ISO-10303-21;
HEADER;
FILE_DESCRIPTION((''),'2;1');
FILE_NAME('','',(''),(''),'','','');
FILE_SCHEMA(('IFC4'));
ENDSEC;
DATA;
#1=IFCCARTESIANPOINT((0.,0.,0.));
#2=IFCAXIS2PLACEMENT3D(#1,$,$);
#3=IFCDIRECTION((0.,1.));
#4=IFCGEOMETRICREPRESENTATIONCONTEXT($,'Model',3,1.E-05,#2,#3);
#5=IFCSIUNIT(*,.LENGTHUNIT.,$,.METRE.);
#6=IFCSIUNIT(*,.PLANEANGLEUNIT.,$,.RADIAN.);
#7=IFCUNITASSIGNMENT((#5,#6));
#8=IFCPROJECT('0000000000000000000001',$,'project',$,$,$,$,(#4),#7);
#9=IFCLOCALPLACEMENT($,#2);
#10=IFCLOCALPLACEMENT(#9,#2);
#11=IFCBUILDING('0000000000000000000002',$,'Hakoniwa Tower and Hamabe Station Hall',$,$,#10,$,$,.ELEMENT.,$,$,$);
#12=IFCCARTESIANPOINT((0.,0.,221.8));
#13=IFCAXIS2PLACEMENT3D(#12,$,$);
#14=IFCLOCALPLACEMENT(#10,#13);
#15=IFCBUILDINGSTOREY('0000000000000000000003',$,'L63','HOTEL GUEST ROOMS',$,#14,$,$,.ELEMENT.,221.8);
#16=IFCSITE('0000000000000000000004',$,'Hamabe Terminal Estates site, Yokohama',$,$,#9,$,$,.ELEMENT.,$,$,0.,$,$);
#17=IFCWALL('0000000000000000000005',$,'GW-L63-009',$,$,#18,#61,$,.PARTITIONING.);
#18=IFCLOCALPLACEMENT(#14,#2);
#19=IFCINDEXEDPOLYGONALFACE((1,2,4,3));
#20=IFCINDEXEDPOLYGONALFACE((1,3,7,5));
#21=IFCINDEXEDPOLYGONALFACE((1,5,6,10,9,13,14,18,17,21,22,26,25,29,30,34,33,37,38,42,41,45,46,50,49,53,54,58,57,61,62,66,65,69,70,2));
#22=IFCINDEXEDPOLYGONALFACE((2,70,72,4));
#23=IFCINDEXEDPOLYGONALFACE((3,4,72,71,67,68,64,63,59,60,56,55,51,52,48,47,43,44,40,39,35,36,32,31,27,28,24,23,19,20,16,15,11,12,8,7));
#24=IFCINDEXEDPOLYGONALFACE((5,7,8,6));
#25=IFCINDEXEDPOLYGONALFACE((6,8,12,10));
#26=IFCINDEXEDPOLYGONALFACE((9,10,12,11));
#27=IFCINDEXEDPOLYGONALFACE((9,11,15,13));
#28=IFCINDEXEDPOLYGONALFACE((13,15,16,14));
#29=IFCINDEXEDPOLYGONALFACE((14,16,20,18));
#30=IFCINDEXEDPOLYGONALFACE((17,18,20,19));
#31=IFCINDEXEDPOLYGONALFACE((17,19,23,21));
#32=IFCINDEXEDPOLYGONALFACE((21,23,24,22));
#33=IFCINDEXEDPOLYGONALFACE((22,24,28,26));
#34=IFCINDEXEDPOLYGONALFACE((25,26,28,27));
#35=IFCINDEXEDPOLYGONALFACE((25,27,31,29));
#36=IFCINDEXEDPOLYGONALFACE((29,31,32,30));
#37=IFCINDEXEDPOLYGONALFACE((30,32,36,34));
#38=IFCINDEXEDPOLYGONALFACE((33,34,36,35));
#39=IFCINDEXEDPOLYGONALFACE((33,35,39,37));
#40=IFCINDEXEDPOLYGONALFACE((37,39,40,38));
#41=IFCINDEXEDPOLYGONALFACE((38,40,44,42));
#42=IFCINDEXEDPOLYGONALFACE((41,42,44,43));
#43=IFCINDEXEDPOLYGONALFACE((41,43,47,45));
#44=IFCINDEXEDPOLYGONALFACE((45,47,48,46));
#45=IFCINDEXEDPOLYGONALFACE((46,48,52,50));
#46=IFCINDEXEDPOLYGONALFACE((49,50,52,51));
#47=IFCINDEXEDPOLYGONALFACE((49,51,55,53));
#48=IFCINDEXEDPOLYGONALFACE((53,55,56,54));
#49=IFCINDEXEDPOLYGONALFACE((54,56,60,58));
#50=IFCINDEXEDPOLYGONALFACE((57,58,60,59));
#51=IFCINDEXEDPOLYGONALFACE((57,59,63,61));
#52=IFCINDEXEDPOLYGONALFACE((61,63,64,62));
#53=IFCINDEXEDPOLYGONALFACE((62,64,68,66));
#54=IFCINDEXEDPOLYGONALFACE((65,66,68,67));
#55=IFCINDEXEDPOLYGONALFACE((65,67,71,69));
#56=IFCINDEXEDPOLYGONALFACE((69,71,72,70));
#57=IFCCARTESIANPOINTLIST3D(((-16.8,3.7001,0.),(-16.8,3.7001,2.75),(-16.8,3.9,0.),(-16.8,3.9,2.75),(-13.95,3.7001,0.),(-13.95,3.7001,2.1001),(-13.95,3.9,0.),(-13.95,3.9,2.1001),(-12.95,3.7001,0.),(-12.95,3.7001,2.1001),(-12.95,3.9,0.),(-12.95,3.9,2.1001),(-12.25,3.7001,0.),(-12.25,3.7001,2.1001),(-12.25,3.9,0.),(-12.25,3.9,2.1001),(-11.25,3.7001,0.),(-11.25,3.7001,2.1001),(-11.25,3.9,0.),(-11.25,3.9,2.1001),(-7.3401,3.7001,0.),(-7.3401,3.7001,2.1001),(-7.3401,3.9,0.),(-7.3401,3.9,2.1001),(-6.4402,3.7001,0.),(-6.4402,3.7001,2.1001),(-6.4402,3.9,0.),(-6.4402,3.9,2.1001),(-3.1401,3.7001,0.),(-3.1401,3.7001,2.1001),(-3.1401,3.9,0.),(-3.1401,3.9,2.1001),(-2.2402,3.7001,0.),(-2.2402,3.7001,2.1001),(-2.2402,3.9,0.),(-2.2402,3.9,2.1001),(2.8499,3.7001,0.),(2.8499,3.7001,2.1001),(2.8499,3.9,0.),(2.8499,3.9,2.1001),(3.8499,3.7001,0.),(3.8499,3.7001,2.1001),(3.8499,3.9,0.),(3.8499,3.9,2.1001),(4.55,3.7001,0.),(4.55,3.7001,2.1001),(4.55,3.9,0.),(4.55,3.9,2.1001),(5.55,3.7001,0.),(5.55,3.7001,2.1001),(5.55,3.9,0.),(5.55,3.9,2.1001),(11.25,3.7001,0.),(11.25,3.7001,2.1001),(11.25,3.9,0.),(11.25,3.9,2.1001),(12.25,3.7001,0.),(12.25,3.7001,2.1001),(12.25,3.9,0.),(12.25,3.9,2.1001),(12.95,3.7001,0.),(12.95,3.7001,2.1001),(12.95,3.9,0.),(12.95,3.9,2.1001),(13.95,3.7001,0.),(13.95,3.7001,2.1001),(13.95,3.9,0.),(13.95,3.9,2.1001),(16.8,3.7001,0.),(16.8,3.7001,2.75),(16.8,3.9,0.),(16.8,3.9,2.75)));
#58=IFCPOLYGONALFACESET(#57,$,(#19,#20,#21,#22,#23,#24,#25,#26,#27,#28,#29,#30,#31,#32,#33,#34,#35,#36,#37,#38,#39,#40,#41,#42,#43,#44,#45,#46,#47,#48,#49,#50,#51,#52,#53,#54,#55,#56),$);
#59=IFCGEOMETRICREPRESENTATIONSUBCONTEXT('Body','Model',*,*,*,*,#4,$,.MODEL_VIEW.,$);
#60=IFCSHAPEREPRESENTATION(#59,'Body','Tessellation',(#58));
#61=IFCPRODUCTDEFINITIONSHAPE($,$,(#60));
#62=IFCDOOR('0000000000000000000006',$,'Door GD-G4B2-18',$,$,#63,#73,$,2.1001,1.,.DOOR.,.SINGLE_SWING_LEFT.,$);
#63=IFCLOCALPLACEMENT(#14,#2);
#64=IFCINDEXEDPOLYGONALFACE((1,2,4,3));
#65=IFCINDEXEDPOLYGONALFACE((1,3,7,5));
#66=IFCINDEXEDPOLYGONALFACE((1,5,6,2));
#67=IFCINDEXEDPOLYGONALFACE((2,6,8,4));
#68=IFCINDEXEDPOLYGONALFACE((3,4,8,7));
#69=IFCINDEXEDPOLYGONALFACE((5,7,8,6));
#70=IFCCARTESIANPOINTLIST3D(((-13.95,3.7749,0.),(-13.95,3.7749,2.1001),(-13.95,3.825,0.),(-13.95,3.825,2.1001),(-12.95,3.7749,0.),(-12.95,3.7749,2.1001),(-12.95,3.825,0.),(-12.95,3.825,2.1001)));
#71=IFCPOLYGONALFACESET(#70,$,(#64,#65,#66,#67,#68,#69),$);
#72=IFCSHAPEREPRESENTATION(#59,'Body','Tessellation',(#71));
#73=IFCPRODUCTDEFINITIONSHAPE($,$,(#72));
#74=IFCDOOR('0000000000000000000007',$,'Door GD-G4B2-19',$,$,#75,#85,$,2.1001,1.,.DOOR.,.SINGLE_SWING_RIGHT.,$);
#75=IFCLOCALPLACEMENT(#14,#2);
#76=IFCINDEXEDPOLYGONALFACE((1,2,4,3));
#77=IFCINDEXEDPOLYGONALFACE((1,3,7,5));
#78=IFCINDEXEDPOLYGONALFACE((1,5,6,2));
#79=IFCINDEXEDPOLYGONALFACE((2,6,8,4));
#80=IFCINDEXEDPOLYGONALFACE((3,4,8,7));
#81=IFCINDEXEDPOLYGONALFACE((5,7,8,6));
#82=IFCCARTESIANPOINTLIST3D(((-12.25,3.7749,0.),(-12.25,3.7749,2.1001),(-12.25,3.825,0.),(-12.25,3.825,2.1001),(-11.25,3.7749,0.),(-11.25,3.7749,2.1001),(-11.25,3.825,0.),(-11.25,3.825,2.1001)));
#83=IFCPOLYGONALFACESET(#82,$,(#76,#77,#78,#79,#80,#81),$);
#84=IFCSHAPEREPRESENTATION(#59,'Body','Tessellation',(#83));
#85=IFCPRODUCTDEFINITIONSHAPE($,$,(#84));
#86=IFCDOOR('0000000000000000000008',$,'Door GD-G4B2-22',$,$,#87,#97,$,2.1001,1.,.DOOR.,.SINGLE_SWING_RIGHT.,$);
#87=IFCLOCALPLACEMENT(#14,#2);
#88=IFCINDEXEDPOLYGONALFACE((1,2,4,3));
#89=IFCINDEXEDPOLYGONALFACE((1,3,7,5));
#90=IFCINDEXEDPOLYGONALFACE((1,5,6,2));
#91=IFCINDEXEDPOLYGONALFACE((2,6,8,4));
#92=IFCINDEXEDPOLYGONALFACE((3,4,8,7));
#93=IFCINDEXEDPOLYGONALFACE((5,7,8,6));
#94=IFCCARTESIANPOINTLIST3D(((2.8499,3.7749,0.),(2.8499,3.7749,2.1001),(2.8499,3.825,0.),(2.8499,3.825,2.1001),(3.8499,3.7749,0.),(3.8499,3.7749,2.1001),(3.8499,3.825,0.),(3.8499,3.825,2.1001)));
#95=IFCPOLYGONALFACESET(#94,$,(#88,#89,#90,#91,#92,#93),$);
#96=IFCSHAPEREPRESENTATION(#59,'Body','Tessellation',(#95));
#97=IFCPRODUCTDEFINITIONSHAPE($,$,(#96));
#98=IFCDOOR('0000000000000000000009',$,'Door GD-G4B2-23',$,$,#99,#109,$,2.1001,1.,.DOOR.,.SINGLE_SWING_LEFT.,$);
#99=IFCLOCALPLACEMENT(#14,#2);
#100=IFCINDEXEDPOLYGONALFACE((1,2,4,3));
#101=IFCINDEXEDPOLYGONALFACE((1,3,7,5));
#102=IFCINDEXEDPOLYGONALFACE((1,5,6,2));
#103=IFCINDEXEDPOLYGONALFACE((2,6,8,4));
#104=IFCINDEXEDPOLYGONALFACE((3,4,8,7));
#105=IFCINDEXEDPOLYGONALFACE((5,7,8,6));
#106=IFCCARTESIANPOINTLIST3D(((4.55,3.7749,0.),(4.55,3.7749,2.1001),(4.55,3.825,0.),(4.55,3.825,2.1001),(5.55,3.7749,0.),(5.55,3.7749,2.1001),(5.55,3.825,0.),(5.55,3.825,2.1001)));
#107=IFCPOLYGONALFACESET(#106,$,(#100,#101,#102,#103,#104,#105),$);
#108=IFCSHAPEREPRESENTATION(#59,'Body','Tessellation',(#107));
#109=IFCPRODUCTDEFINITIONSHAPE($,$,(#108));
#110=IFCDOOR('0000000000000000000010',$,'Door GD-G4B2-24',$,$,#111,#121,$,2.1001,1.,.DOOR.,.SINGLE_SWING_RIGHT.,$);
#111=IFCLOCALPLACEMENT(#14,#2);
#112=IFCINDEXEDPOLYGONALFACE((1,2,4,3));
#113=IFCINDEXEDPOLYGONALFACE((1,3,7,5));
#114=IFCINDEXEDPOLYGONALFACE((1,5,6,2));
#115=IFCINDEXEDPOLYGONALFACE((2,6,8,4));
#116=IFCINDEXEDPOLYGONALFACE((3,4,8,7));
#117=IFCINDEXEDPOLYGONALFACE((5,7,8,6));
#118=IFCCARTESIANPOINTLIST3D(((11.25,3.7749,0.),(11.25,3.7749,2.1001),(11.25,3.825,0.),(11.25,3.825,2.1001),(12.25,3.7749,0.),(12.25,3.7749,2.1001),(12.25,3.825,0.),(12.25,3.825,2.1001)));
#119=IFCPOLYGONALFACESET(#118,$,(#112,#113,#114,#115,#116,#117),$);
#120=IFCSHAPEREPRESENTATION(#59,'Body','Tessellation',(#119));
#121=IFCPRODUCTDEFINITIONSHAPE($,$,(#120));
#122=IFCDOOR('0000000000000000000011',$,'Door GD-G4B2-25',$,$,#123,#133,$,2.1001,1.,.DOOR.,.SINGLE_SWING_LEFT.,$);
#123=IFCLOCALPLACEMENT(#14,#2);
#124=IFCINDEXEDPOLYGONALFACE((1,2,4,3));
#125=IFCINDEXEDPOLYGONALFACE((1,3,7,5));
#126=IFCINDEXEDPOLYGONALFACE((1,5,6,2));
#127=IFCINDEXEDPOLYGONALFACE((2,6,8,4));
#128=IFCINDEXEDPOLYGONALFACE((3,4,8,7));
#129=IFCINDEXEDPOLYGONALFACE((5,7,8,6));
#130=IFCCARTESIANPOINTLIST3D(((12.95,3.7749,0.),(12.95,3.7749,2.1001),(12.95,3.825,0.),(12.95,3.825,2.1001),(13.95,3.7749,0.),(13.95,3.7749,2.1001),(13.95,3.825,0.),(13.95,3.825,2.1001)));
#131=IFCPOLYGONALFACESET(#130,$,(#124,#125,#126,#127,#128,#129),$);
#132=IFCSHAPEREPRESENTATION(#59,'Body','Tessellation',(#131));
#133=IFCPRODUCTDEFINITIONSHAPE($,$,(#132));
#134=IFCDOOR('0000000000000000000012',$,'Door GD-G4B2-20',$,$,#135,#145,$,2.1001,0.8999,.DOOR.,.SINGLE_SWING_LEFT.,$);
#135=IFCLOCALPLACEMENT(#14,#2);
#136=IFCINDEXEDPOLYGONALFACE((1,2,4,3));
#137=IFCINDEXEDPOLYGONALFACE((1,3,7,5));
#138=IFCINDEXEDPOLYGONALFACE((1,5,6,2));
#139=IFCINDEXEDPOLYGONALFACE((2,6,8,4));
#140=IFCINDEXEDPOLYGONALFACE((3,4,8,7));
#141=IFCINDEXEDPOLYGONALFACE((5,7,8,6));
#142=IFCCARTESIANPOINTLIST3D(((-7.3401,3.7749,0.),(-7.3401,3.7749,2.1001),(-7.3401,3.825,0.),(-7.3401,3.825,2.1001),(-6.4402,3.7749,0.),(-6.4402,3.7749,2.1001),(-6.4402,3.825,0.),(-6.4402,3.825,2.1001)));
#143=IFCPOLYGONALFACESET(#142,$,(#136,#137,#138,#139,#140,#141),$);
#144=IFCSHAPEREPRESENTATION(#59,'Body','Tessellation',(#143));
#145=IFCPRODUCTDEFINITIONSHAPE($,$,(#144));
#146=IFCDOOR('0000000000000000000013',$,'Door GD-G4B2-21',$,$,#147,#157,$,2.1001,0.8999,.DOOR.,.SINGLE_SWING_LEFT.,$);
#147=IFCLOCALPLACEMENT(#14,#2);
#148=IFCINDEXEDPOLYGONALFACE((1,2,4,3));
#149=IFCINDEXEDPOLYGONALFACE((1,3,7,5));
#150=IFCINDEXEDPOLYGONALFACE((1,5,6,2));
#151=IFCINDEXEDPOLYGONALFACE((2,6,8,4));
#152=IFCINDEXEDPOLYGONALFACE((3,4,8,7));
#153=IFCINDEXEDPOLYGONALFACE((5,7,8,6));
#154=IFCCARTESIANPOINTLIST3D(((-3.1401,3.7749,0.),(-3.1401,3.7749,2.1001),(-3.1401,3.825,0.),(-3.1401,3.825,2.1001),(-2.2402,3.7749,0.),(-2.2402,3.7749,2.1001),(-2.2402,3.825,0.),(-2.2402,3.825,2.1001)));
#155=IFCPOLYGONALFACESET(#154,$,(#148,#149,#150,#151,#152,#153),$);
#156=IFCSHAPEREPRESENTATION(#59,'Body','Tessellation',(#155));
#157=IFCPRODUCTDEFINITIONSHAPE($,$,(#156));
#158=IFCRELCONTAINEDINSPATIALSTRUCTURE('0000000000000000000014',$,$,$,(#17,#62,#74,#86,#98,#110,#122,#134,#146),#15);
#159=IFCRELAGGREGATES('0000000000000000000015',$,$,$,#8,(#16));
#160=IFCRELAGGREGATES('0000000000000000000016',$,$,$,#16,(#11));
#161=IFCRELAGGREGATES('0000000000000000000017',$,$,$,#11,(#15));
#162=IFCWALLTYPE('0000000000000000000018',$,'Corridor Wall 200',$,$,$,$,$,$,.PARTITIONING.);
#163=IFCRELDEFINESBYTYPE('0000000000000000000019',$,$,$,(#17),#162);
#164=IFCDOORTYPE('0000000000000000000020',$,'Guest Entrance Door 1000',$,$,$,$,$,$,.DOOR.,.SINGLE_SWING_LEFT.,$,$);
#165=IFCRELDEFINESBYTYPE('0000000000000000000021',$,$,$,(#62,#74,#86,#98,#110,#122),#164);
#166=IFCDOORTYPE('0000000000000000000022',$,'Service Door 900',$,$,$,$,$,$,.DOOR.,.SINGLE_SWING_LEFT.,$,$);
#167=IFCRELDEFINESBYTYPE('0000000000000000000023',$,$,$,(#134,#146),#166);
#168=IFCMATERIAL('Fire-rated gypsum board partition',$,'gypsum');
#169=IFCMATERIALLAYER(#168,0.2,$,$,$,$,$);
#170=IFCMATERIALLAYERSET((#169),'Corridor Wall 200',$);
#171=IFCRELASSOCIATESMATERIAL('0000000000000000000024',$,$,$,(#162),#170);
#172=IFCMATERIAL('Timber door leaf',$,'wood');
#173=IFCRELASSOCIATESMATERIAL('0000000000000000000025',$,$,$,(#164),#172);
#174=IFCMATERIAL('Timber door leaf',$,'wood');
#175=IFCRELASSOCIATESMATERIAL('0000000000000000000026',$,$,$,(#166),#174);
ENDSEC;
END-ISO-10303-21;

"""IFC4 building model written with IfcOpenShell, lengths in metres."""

from ifc_helpers import new_model, si_unit, direction, frame, frame_2d, origin, place, context, subcontext, project, spatial, rectangle, extrude, material, layer, layer_set, type_object, element, fill, save


model = new_model("IFC4")

# Units and contexts
model_context = context("Model", 3, precision=1e-05, world=origin(), true_north=direction((0.0, 1.0)))
body_context = subcontext(model_context, "Body", "Model", "MODEL_VIEW")
ifc_project = project(units=[si_unit("LENGTHUNIT", "METRE"), si_unit("PLANEANGLEUNIT", "RADIAN")], contexts=[model_context])

# Site, building, storey
site_placement = place(None, origin())
site = spatial("IfcSite", under=ifc_project, at=site_placement, Name="Hamabe Terminal Estates site, Yokohama", CompositionType="ELEMENT", RefElevation=0.0)
building_placement = place(site_placement, origin())
building = spatial("IfcBuilding", under=site, at=building_placement, Name="Hakoniwa Tower and Hamabe Station Hall", CompositionType="ELEMENT")
storey_placement = place(building_placement, frame((0.0, 0.0, 221.8)))
storey = spatial("IfcBuildingStorey", under=building, at=storey_placement, Name="L63", Description="HOTEL GUEST ROOMS", CompositionType="ELEMENT", Elevation=221.8)

# Wall, openings, doors
ifc_material_1 = material(Name="Fire-rated gypsum board partition", Category="gypsum")
ifc_layer_1 = layer(ifc_material_1, 0.2)
ifc_layer_set_1 = layer_set([ifc_layer_1], Name="Corridor Wall 200")
wall_type_1 = type_object("IfcWallType", Name="Corridor Wall 200", PredefinedType="PARTITIONING", material=ifc_layer_set_1)
ifc_material_2 = material(Name="Timber door leaf", Category="wood")
door_type_1 = type_object("IfcDoorType", Name="Guest Entrance Door 1000", OperationType="SINGLE_SWING_LEFT", PredefinedType="DOOR", material=ifc_material_2)
wall_1_placement = place(storey_placement, frame((-16.8, 3.8, 0.0), z_axis=(0.0, 0.0, 1.0), x_axis=(1.0, 0.0, 0.0)))
wall_1 = element("IfcWall", 1, at=wall_1_placement, inside=storey, type_object=wall_type_1, Name="GW-L63-009", PredefinedType="PARTITIONING", context=body_context, shape_type="SweptSolid", body=[
    extrude(rectangle(XDim=33.6001, YDim=0.2, at=frame_2d((16.8, 0.0))), origin(), (0.0, 0.0, 1.0), 2.75),
])
opening_1_placement = place(wall_1_placement, frame((2.8501, 0.0, 0.0)))
opening_1 = element("IfcOpeningElement", 2, at=opening_1_placement, cuts=wall_1, PredefinedType="OPENING", context=body_context, shape_type="SweptSolid", body=[
    extrude(rectangle(XDim=1.0, YDim=2.1001, at=frame_2d((0.5, 1.05))), frame((0.0, 0.1099, 0.0), z_axis=(0.0, -1.0, 0.0), x_axis=(1.0, 0.0, 0.0)), (0.0, 0.0, 1.0), 0.22),
])
opening_2_placement = place(wall_1_placement, frame((4.55, 0.0, 0.0)))
opening_2 = element("IfcOpeningElement", 3, at=opening_2_placement, cuts=wall_1, PredefinedType="OPENING", context=body_context, shape_type="SweptSolid", body=[
    extrude(rectangle(XDim=1.0, YDim=2.1001, at=frame_2d((0.5, 1.05))), frame((0.0, 0.1099, 0.0), z_axis=(0.0, -1.0, 0.0), x_axis=(1.0, 0.0, 0.0)), (0.0, 0.0, 1.0), 0.22),
])
opening_3_placement = place(wall_1_placement, frame((9.46, 0.0, 0.0)))
opening_3 = element("IfcOpeningElement", 4, at=opening_3_placement, cuts=wall_1, PredefinedType="OPENING", context=body_context, shape_type="SweptSolid", body=[
    extrude(rectangle(XDim=0.8999, YDim=2.1001, at=frame_2d((0.45, 1.05))), frame((0.0, 0.1099, 0.0), z_axis=(0.0, -1.0, 0.0), x_axis=(1.0, 0.0, 0.0)), (0.0, 0.0, 1.0), 0.22),
])
opening_4_placement = place(wall_1_placement, frame((13.6599, 0.0, 0.0)))
opening_4 = element("IfcOpeningElement", 5, at=opening_4_placement, cuts=wall_1, PredefinedType="OPENING", context=body_context, shape_type="SweptSolid", body=[
    extrude(rectangle(XDim=0.8999, YDim=2.1001, at=frame_2d((0.45, 1.05))), frame((0.0, 0.1099, 0.0), z_axis=(0.0, -1.0, 0.0), x_axis=(1.0, 0.0, 0.0)), (0.0, 0.0, 1.0), 0.22),
])
opening_5_placement = place(wall_1_placement, frame((19.6499, 0.0, 0.0)))
opening_5 = element("IfcOpeningElement", 6, at=opening_5_placement, cuts=wall_1, PredefinedType="OPENING", context=body_context, shape_type="SweptSolid", body=[
    extrude(rectangle(XDim=1.0, YDim=2.1001, at=frame_2d((0.5, 1.05))), frame((0.0, 0.1099, 0.0), z_axis=(0.0, -1.0, 0.0), x_axis=(1.0, 0.0, 0.0)), (0.0, 0.0, 1.0), 0.22),
])
opening_6_placement = place(wall_1_placement, frame((21.3501, 0.0, 0.0)))
opening_6 = element("IfcOpeningElement", 7, at=opening_6_placement, cuts=wall_1, PredefinedType="OPENING", context=body_context, shape_type="SweptSolid", body=[
    extrude(rectangle(XDim=1.0, YDim=2.1001, at=frame_2d((0.5, 1.05))), frame((0.0, 0.1099, 0.0), z_axis=(0.0, -1.0, 0.0), x_axis=(1.0, 0.0, 0.0)), (0.0, 0.0, 1.0), 0.22),
])
opening_7_placement = place(wall_1_placement, frame((28.05, 0.0, 0.0)))
opening_7 = element("IfcOpeningElement", 8, at=opening_7_placement, cuts=wall_1, PredefinedType="OPENING", context=body_context, shape_type="SweptSolid", body=[
    extrude(rectangle(XDim=1.0, YDim=2.1001, at=frame_2d((0.5, 1.05))), frame((0.0, 0.1099, 0.0), z_axis=(0.0, -1.0, 0.0), x_axis=(1.0, 0.0, 0.0)), (0.0, 0.0, 1.0), 0.22),
])
opening_8_placement = place(wall_1_placement, frame((29.75, 0.0, 0.0)))
opening_8 = element("IfcOpeningElement", 9, at=opening_8_placement, cuts=wall_1, PredefinedType="OPENING", context=body_context, shape_type="SweptSolid", body=[
    extrude(rectangle(XDim=1.0, YDim=2.1001, at=frame_2d((0.5, 1.05))), frame((0.0, 0.1099, 0.0), z_axis=(0.0, -1.0, 0.0), x_axis=(1.0, 0.0, 0.0)), (0.0, 0.0, 1.0), 0.22),
])
door_1_placement = place(opening_1_placement, origin())
door_1 = element("IfcDoor", 10, at=door_1_placement, inside=storey, type_object=door_type_1, Name="Door GD-G4B2-18", OperationType="SINGLE_SWING_LEFT", OverallHeight=2.1001, OverallWidth=1.0, PredefinedType="DOOR", context=body_context, shape_type="SweptSolid", body=[
    extrude(rectangle(XDim=1.0, YDim=2.1001, at=frame_2d((0.5, 1.05))), frame((0.0, 0.0249, 0.0), z_axis=(0.0, -1.0, 0.0), x_axis=(1.0, 0.0, 0.0)), (0.0, 0.0, 1.0), 0.05),
])
fill(opening_1, door_1)
door_2_placement = place(opening_2_placement, origin())
door_2 = element("IfcDoor", 11, at=door_2_placement, inside=storey, type_object=door_type_1, Name="Door GD-G4B2-19", OperationType="SINGLE_SWING_RIGHT", OverallHeight=2.1001, OverallWidth=1.0, PredefinedType="DOOR", context=body_context, shape_type="SweptSolid", body=[
    extrude(rectangle(XDim=1.0, YDim=2.1001, at=frame_2d((0.5, 1.05))), frame((0.0, 0.0249, 0.0), z_axis=(0.0, -1.0, 0.0), x_axis=(1.0, 0.0, 0.0)), (0.0, 0.0, 1.0), 0.05),
])
fill(opening_2, door_2)
door_3_placement = place(opening_5_placement, origin())
door_3 = element("IfcDoor", 12, at=door_3_placement, inside=storey, type_object=door_type_1, Name="Door GD-G4B2-22", OperationType="SINGLE_SWING_RIGHT", OverallHeight=2.1001, OverallWidth=1.0, PredefinedType="DOOR", context=body_context, shape_type="SweptSolid", body=[
    extrude(rectangle(XDim=1.0, YDim=2.1001, at=frame_2d((0.5, 1.05))), frame((0.0, 0.0249, 0.0), z_axis=(0.0, -1.0, 0.0), x_axis=(1.0, 0.0, 0.0)), (0.0, 0.0, 1.0), 0.05),
])
fill(opening_5, door_3)
door_4_placement = place(opening_6_placement, origin())
door_4 = element("IfcDoor", 13, at=door_4_placement, inside=storey, type_object=door_type_1, Name="Door GD-G4B2-23", OperationType="SINGLE_SWING_LEFT", OverallHeight=2.1001, OverallWidth=1.0, PredefinedType="DOOR", context=body_context, shape_type="SweptSolid", body=[
    extrude(rectangle(XDim=1.0, YDim=2.1001, at=frame_2d((0.5, 1.05))), frame((0.0, 0.0249, 0.0), z_axis=(0.0, -1.0, 0.0), x_axis=(1.0, 0.0, 0.0)), (0.0, 0.0, 1.0), 0.05),
])
fill(opening_6, door_4)
door_5_placement = place(opening_7_placement, origin())
door_5 = element("IfcDoor", 14, at=door_5_placement, inside=storey, type_object=door_type_1, Name="Door GD-G4B2-24", OperationType="SINGLE_SWING_RIGHT", OverallHeight=2.1001, OverallWidth=1.0, PredefinedType="DOOR", context=body_context, shape_type="SweptSolid", body=[
    extrude(rectangle(XDim=1.0, YDim=2.1001, at=frame_2d((0.5, 1.05))), frame((0.0, 0.0249, 0.0), z_axis=(0.0, -1.0, 0.0), x_axis=(1.0, 0.0, 0.0)), (0.0, 0.0, 1.0), 0.05),
])
fill(opening_7, door_5)
door_6_placement = place(opening_8_placement, origin())
door_6 = element("IfcDoor", 15, at=door_6_placement, inside=storey, type_object=door_type_1, Name="Door GD-G4B2-25", OperationType="SINGLE_SWING_LEFT", OverallHeight=2.1001, OverallWidth=1.0, PredefinedType="DOOR", context=body_context, shape_type="SweptSolid", body=[
    extrude(rectangle(XDim=1.0, YDim=2.1001, at=frame_2d((0.5, 1.05))), frame((0.0, 0.0249, 0.0), z_axis=(0.0, -1.0, 0.0), x_axis=(1.0, 0.0, 0.0)), (0.0, 0.0, 1.0), 0.05),
])
fill(opening_8, door_6)
ifc_material_3 = material(Name="Timber door leaf", Category="wood")
door_type_2 = type_object("IfcDoorType", Name="Service Door 900", OperationType="SINGLE_SWING_LEFT", PredefinedType="DOOR", material=ifc_material_3)
door_7_placement = place(opening_3_placement, origin())
door_7 = element("IfcDoor", 16, at=door_7_placement, inside=storey, type_object=door_type_2, Name="Door GD-G4B2-20", OperationType="SINGLE_SWING_LEFT", OverallHeight=2.1001, OverallWidth=0.8999, PredefinedType="DOOR", context=body_context, shape_type="SweptSolid", body=[
    extrude(rectangle(XDim=0.8999, YDim=2.1001, at=frame_2d((0.45, 1.05))), frame((0.0, 0.0249, 0.0), z_axis=(0.0, -1.0, 0.0), x_axis=(1.0, 0.0, 0.0)), (0.0, 0.0, 1.0), 0.05),
])
fill(opening_3, door_7)
door_8_placement = place(opening_4_placement, origin())
door_8 = element("IfcDoor", 17, at=door_8_placement, inside=storey, type_object=door_type_2, Name="Door GD-G4B2-21", OperationType="SINGLE_SWING_LEFT", OverallHeight=2.1001, OverallWidth=0.8999, PredefinedType="DOOR", context=body_context, shape_type="SweptSolid", body=[
    extrude(rectangle(XDim=0.8999, YDim=2.1001, at=frame_2d((0.45, 1.05))), frame((0.0, 0.0249, 0.0), z_axis=(0.0, -1.0, 0.0), x_axis=(1.0, 0.0, 0.0)), (0.0, 0.0, 1.0), 0.05),
])
fill(opening_4, door_8)

save(model, "model.ifc")
